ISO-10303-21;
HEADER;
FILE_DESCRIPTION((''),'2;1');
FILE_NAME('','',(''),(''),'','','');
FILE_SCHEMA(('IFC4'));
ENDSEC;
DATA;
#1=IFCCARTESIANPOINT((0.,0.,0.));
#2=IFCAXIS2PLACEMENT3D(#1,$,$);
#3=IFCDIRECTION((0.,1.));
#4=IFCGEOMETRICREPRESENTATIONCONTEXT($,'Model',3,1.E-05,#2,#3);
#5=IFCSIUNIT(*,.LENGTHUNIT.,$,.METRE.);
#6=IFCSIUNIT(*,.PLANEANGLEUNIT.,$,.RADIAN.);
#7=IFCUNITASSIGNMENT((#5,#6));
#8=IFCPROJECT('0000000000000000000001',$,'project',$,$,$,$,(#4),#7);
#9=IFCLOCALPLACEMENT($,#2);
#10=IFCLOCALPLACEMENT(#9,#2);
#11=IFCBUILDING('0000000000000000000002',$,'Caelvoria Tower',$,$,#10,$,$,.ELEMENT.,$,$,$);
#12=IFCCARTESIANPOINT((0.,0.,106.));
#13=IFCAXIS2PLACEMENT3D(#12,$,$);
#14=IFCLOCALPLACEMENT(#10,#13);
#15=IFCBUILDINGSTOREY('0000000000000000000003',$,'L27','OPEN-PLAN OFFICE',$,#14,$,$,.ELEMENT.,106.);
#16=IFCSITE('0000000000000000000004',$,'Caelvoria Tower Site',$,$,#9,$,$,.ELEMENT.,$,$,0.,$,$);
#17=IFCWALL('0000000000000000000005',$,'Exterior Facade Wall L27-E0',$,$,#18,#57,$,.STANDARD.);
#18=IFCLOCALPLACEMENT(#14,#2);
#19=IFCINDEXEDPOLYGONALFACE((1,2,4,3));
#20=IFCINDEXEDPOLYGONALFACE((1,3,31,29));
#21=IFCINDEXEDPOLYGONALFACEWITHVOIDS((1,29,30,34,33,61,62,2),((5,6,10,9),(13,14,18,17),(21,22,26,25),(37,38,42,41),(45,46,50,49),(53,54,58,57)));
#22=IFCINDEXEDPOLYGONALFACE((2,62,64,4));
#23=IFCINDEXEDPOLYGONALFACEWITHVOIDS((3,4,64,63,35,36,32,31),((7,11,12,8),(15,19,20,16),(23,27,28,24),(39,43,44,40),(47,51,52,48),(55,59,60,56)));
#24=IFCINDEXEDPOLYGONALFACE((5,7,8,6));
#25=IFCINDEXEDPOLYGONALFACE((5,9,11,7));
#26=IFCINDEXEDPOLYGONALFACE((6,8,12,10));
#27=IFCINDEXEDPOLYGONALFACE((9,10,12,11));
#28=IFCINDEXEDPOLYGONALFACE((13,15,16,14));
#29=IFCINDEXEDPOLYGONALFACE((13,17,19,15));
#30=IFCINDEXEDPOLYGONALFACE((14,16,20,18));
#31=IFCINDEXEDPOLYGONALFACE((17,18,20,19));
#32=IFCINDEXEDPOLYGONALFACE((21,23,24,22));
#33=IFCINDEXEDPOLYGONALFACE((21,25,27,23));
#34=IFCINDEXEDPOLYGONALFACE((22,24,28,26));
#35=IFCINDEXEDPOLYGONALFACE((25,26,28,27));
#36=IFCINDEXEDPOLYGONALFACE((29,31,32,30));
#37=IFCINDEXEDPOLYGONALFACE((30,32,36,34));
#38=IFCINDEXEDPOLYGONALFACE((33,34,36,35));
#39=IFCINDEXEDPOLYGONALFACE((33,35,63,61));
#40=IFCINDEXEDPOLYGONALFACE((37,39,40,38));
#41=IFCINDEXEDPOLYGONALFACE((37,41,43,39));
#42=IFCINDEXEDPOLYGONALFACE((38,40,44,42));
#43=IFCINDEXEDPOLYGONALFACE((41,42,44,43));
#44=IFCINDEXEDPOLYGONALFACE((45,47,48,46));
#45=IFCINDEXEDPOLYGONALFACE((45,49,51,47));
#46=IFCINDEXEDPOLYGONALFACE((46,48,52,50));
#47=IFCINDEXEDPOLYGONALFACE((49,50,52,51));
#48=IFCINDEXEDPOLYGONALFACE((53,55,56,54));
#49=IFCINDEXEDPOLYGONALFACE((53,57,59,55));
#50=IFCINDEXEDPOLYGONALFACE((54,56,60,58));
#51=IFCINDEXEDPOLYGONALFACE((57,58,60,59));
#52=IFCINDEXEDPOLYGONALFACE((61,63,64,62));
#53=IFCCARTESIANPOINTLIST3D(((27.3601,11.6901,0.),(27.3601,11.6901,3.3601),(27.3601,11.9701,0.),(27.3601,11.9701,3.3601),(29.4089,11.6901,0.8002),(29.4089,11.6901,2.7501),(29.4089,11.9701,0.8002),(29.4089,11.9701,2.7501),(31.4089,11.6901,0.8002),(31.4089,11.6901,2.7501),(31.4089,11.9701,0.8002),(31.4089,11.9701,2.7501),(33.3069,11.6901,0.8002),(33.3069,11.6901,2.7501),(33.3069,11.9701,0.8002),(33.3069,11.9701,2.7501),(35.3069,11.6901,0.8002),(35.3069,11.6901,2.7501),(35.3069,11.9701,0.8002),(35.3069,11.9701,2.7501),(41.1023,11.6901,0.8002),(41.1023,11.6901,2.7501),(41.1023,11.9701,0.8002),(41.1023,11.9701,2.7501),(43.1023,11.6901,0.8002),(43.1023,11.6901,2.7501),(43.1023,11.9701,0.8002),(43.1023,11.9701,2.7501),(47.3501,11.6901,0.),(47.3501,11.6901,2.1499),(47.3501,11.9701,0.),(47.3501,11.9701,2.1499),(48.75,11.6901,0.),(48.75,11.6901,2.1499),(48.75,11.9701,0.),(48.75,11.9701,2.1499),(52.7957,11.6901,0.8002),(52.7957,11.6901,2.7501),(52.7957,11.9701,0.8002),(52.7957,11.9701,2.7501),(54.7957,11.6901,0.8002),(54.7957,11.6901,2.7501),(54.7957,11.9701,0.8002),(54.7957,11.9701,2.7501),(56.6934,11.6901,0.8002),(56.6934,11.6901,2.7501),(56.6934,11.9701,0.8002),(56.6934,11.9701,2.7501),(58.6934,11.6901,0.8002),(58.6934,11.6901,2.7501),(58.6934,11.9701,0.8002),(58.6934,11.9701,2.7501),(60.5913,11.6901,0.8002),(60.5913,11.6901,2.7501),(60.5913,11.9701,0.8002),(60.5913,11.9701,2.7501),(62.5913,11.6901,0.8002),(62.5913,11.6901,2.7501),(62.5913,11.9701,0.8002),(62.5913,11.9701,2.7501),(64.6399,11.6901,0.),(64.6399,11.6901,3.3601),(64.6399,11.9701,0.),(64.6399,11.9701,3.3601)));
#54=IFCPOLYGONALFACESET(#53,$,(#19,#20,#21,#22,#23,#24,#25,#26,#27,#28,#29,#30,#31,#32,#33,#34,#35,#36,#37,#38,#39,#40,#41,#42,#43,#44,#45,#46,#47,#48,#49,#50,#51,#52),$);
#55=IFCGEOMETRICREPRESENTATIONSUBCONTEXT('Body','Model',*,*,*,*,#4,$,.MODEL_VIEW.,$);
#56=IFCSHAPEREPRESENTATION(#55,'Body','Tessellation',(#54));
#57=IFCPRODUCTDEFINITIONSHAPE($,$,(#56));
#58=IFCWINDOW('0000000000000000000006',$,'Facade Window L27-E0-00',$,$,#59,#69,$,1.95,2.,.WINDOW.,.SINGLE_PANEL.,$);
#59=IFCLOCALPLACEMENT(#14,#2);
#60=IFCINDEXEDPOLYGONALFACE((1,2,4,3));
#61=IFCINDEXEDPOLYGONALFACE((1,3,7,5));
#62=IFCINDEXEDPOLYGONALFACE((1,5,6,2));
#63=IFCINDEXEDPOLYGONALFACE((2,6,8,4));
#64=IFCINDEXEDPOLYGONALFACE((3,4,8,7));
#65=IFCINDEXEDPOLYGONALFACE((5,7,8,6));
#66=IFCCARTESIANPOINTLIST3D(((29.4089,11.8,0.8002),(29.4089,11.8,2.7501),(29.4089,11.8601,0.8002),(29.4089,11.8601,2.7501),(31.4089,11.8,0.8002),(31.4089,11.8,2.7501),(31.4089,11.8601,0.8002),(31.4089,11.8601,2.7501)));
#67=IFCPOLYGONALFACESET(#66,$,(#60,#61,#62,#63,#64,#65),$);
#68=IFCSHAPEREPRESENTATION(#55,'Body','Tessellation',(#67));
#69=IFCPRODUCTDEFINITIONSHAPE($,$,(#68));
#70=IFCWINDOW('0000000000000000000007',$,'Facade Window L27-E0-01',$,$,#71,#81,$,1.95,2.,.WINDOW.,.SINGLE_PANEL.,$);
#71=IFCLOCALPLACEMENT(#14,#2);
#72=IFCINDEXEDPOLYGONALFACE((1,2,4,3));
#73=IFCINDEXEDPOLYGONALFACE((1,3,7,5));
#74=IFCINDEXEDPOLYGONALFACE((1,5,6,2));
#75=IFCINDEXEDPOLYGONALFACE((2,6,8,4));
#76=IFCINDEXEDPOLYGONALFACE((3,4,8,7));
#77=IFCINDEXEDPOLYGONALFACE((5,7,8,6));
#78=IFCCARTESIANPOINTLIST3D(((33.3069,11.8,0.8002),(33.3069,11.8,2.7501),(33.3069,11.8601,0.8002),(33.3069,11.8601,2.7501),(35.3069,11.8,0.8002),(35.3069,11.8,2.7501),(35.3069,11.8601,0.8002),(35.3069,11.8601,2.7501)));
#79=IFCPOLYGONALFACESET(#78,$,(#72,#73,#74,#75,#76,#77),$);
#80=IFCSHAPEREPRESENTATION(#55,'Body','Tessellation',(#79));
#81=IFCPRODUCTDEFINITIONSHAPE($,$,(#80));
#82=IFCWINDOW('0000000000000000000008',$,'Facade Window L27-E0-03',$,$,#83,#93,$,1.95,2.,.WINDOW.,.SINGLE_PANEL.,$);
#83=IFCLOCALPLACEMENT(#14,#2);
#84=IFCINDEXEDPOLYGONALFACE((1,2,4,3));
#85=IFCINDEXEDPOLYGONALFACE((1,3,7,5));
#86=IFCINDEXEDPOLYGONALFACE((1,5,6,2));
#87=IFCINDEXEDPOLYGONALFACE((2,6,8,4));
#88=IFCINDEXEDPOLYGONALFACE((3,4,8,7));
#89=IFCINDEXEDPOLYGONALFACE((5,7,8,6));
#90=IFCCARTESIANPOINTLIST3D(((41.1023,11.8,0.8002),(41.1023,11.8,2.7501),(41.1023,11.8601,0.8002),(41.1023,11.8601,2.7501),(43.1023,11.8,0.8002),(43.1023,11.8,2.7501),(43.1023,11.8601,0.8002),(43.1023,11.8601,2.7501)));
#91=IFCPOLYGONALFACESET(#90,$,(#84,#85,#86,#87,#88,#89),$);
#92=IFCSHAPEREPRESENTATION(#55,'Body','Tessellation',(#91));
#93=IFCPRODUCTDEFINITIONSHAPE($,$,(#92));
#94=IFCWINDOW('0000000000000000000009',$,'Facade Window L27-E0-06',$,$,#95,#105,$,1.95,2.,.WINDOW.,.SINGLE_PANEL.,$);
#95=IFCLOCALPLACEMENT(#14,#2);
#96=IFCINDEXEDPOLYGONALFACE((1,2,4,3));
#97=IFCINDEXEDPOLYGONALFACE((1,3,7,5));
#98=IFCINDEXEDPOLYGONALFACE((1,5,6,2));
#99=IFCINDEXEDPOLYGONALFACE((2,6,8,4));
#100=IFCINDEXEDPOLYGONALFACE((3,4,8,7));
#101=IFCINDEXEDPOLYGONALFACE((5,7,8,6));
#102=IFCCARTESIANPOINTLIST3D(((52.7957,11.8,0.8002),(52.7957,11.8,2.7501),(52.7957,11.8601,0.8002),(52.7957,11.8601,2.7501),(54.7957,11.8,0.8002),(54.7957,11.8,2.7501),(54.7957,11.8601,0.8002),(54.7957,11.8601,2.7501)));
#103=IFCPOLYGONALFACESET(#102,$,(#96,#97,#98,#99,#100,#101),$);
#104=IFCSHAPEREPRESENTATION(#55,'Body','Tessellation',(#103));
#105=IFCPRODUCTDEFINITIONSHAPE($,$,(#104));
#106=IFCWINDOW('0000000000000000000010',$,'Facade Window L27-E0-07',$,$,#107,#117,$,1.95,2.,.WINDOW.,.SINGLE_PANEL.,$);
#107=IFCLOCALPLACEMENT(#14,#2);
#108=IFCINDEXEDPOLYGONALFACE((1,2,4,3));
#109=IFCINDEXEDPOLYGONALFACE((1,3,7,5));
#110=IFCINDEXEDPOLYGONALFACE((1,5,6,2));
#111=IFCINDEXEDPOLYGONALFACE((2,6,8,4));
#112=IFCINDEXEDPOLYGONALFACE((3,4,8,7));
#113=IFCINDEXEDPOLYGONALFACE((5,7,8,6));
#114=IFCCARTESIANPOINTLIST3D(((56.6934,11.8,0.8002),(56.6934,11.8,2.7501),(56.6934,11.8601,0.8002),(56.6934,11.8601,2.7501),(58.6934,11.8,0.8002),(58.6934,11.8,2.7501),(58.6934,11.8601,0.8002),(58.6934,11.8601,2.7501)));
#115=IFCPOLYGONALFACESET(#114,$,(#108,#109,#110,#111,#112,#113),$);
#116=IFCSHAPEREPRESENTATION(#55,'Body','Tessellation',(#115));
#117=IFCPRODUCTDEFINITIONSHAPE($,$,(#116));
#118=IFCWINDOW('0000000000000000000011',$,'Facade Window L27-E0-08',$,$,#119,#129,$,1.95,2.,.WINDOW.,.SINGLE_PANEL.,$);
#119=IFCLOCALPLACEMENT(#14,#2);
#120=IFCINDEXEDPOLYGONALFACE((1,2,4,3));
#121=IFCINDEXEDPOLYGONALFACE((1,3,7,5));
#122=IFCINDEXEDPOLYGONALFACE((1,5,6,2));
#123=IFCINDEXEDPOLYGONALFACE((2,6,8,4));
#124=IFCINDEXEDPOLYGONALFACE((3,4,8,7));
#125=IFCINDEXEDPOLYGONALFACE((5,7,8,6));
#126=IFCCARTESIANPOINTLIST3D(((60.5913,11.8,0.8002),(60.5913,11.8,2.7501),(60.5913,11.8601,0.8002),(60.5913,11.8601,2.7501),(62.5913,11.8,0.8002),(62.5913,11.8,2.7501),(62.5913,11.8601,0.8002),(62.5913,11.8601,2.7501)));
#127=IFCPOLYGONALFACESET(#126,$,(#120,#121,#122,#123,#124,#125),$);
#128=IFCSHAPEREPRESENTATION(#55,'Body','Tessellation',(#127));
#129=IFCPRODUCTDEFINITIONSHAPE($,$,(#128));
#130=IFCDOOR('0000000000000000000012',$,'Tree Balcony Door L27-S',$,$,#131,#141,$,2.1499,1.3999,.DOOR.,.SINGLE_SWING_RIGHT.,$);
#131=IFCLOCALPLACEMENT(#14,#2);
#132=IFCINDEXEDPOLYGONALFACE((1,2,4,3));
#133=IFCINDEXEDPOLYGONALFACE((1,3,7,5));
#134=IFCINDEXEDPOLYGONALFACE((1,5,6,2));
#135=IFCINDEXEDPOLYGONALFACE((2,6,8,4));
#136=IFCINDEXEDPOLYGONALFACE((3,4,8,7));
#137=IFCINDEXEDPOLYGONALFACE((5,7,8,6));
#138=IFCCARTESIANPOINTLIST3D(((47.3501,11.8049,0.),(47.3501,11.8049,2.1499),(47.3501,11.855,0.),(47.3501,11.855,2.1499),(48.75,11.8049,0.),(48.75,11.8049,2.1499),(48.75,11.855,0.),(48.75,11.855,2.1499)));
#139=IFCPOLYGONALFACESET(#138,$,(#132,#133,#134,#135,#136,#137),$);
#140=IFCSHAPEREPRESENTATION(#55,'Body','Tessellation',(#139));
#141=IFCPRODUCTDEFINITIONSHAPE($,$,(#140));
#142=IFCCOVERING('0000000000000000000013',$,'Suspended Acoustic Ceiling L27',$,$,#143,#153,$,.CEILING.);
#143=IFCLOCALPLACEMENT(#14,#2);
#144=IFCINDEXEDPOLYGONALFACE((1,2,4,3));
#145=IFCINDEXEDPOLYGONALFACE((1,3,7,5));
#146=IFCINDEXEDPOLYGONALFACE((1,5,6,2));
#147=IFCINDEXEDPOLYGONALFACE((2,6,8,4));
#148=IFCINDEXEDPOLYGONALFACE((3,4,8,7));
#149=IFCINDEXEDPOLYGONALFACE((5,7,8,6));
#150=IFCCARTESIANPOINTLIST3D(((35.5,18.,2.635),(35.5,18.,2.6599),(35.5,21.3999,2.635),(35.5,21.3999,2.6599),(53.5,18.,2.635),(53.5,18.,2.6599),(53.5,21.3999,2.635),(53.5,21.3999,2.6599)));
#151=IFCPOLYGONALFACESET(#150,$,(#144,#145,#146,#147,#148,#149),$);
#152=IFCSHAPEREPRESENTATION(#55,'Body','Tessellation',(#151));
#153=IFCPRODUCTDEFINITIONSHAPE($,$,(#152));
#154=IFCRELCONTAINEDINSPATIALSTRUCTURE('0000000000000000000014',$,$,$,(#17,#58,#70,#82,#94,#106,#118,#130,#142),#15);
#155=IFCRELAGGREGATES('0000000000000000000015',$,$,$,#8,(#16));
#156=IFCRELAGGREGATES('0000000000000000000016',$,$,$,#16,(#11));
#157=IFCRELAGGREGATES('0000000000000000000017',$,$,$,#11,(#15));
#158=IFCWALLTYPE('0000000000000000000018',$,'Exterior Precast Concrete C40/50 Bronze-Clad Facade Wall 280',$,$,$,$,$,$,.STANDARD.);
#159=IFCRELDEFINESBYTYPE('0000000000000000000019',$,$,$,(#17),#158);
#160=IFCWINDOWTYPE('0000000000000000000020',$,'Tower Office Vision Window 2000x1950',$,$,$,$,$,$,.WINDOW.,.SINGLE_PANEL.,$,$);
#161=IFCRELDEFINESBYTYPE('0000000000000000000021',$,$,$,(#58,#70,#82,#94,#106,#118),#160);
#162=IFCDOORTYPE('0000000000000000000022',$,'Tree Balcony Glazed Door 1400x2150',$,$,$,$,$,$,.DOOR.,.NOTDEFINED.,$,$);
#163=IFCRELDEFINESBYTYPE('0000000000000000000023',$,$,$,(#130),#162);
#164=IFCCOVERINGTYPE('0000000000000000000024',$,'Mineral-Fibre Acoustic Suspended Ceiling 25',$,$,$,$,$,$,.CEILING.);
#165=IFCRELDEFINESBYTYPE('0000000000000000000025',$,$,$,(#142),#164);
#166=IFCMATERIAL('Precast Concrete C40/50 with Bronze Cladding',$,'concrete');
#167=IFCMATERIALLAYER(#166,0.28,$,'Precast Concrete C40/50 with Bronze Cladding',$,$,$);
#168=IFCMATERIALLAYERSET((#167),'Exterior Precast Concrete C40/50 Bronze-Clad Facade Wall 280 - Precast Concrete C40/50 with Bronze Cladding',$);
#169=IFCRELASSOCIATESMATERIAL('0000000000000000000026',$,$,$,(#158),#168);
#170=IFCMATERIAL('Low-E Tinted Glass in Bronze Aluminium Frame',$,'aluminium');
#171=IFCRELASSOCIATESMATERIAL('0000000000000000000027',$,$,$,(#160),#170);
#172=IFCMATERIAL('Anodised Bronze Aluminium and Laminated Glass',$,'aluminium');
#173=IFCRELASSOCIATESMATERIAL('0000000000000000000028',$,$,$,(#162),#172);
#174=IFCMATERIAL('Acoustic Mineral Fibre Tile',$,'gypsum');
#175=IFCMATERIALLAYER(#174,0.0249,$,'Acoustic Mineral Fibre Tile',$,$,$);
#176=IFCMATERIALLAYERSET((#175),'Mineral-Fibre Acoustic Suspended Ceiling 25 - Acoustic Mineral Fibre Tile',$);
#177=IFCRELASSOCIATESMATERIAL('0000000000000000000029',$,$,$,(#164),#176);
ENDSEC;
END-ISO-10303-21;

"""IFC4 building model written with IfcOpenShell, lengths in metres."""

from ifc_helpers import new_model, si_unit, direction, frame, frame_2d, origin, place, context, subcontext, project, spatial, polyline, rectangle, outline, extrude, material, layer, layer_set, type_object, element, fill, save


model = new_model("IFC4")

# Units and contexts
model_context = context("Model", 3, precision=1e-05, world=origin(), true_north=direction((0.0, 1.0)))
body_context = subcontext(model_context, "Body", "Model", "MODEL_VIEW")
ifc_project = project(units=[si_unit("LENGTHUNIT", "METRE"), si_unit("PLANEANGLEUNIT", "RADIAN")], contexts=[model_context])

# Site, building, storey
site_placement = place(None, origin())
site = spatial("IfcSite", under=ifc_project, at=site_placement, Name="Caelvoria Tower Site", CompositionType="ELEMENT", RefElevation=0.0)
building_placement = place(site_placement, origin())
building = spatial("IfcBuilding", under=site, at=building_placement, Name="Caelvoria Tower", CompositionType="ELEMENT")
storey_placement = place(building_placement, frame((0.0, 0.0, 106.0)))
storey = spatial("IfcBuildingStorey", under=building, at=storey_placement, Name="L27", Description="OPEN-PLAN OFFICE", CompositionType="ELEMENT", Elevation=106.0)

# Wall, openings, windows, door
ifc_material_1 = material(Name="Precast Concrete C40/50 with Bronze Cladding", Category="concrete")
ifc_layer_1 = layer(ifc_material_1, 0.28, Name="Precast Concrete C40/50 with Bronze Cladding")
ifc_layer_set_1 = layer_set([ifc_layer_1], Name="Exterior Precast Concrete C40/50 Bronze-Clad Facade Wall 280 - Precast Concrete C40/50 with Bronze Cladding")
wall_type = type_object("IfcWallType", Name="Exterior Precast Concrete C40/50 Bronze-Clad Facade Wall 280", PredefinedType="STANDARD", material=ifc_layer_set_1)
wall_placement = place(storey_placement, frame((27.3601, 11.8301, 0.0), z_axis=(0.0, 0.0, 1.0), x_axis=(1.0, 0.0, 0.0)))
wall = element("IfcWall", 1, at=wall_placement, inside=storey, type_object=wall_type, Name="Exterior Facade Wall L27-E0", PredefinedType="STANDARD", context=body_context, shape_type="SweptSolid", body=[
    extrude(rectangle(XDim=37.2798, YDim=0.28, at=frame_2d((18.6399, 0.0))), origin(), (0.0, 0.0, 1.0), 3.3601),
])
opening_1_placement = place(wall_placement, frame((19.99, 0.0, 0.0)))
opening_1 = element("IfcOpeningElement", 2, at=opening_1_placement, cuts=wall, PredefinedType="OPENING", context=body_context, shape_type="SweptSolid", body=[
    extrude(rectangle(XDim=1.3999, YDim=2.1499, at=frame_2d((0.7, 1.075))), frame((0.0, 0.1499, 0.0), z_axis=(0.0, -1.0, 0.0), x_axis=(1.0, 0.0, 0.0)), (0.0, 0.0, 1.0), 0.3),
])
opening_2_placement = place(wall_placement, frame((2.0488, 0.0, 0.8)))
opening_2 = element("IfcOpeningElement", 3, at=opening_2_placement, cuts=wall, PredefinedType="OPENING", context=body_context, shape_type="SweptSolid", body=[
    extrude(rectangle(XDim=2.0, YDim=1.95, at=frame_2d((1.0, 0.9751))), frame((0.0, 0.1499, 0.0), z_axis=(0.0, -1.0, 0.0), x_axis=(1.0, 0.0, 0.0)), (0.0, 0.0, 1.0), 0.3),
])
opening_3_placement = place(wall_placement, frame((5.9468, 0.0, 0.8)))
opening_3 = element("IfcOpeningElement", 4, at=opening_3_placement, cuts=wall, PredefinedType="OPENING", context=body_context, shape_type="SweptSolid", body=[
    extrude(rectangle(XDim=2.0, YDim=1.95, at=frame_2d((1.0, 0.9751))), frame((0.0, 0.1499, 0.0), z_axis=(0.0, -1.0, 0.0), x_axis=(1.0, 0.0, 0.0)), (0.0, 0.0, 1.0), 0.3),
])
opening_4_placement = place(wall_placement, frame((13.7422, 0.0, 0.8)))
opening_4 = element("IfcOpeningElement", 5, at=opening_4_placement, cuts=wall, PredefinedType="OPENING", context=body_context, shape_type="SweptSolid", body=[
    extrude(rectangle(XDim=2.0, YDim=1.95, at=frame_2d((1.0, 0.9751))), frame((0.0, 0.1499, 0.0), z_axis=(0.0, -1.0, 0.0), x_axis=(1.0, 0.0, 0.0)), (0.0, 0.0, 1.0), 0.3),
])
opening_5_placement = place(wall_placement, frame((25.4355, 0.0, 0.8)))
opening_5 = element("IfcOpeningElement", 6, at=opening_5_placement, cuts=wall, PredefinedType="OPENING", context=body_context, shape_type="SweptSolid", body=[
    extrude(rectangle(XDim=2.0, YDim=1.95, at=frame_2d((1.0, 0.9751))), frame((0.0, 0.1499, 0.0), z_axis=(0.0, -1.0, 0.0), x_axis=(1.0, 0.0, 0.0)), (0.0, 0.0, 1.0), 0.3),
])
opening_6_placement = place(wall_placement, frame((29.3333, 0.0, 0.8)))
opening_6 = element("IfcOpeningElement", 7, at=opening_6_placement, cuts=wall, PredefinedType="OPENING", context=body_context, shape_type="SweptSolid", body=[
    extrude(rectangle(XDim=2.0, YDim=1.95, at=frame_2d((1.0, 0.9751))), frame((0.0, 0.1499, 0.0), z_axis=(0.0, -1.0, 0.0), x_axis=(1.0, 0.0, 0.0)), (0.0, 0.0, 1.0), 0.3),
])
opening_7_placement = place(wall_placement, frame((33.2312, 0.0, 0.8)))
opening_7 = element("IfcOpeningElement", 8, at=opening_7_placement, cuts=wall, PredefinedType="OPENING", context=body_context, shape_type="SweptSolid", body=[
    extrude(rectangle(XDim=2.0, YDim=1.95, at=frame_2d((1.0, 0.9751))), frame((0.0, 0.1499, 0.0), z_axis=(0.0, -1.0, 0.0), x_axis=(1.0, 0.0, 0.0)), (0.0, 0.0, 1.0), 0.3),
])
ifc_material_2 = material(Name="Low-E Tinted Glass in Bronze Aluminium Frame", Category="aluminium")
window_type = type_object("IfcWindowType", Name="Tower Office Vision Window 2000x1950", PartitioningType="SINGLE_PANEL", PredefinedType="WINDOW", material=ifc_material_2)
window_1_placement = place(opening_2_placement, origin())
window_1 = element("IfcWindow", 9, at=window_1_placement, inside=storey, type_object=window_type, Name="Facade Window L27-E0-00", OverallHeight=1.95, OverallWidth=2.0, PartitioningType="SINGLE_PANEL", PredefinedType="WINDOW", context=body_context, shape_type="SweptSolid", body=[
    extrude(rectangle(XDim=2.0, YDim=1.95, at=frame_2d((1.0, 0.9751))), frame((0.0, 0.03, 0.0), z_axis=(0.0, -1.0, 0.0), x_axis=(1.0, 0.0, 0.0)), (0.0, 0.0, 1.0), 0.0601),
])
fill(opening_2, window_1)
window_2_placement = place(opening_3_placement, origin())
window_2 = element("IfcWindow", 10, at=window_2_placement, inside=storey, type_object=window_type, Name="Facade Window L27-E0-01", OverallHeight=1.95, OverallWidth=2.0, PartitioningType="SINGLE_PANEL", PredefinedType="WINDOW", context=body_context, shape_type="SweptSolid", body=[
    extrude(rectangle(XDim=2.0, YDim=1.95, at=frame_2d((1.0, 0.9751))), frame((0.0, 0.03, 0.0), z_axis=(0.0, -1.0, 0.0), x_axis=(1.0, 0.0, 0.0)), (0.0, 0.0, 1.0), 0.0601),
])
fill(opening_3, window_2)
window_3_placement = place(opening_4_placement, origin())
window_3 = element("IfcWindow", 11, at=window_3_placement, inside=storey, type_object=window_type, Name="Facade Window L27-E0-03", OverallHeight=1.95, OverallWidth=2.0, PartitioningType="SINGLE_PANEL", PredefinedType="WINDOW", context=body_context, shape_type="SweptSolid", body=[
    extrude(rectangle(XDim=2.0, YDim=1.95, at=frame_2d((1.0, 0.9751))), frame((0.0, 0.03, 0.0), z_axis=(0.0, -1.0, 0.0), x_axis=(1.0, 0.0, 0.0)), (0.0, 0.0, 1.0), 0.0601),
])
fill(opening_4, window_3)
window_4_placement = place(opening_5_placement, origin())
window_4 = element("IfcWindow", 12, at=window_4_placement, inside=storey, type_object=window_type, Name="Facade Window L27-E0-06", OverallHeight=1.95, OverallWidth=2.0, PartitioningType="SINGLE_PANEL", PredefinedType="WINDOW", context=body_context, shape_type="SweptSolid", body=[
    extrude(rectangle(XDim=2.0, YDim=1.95, at=frame_2d((1.0, 0.9751))), frame((0.0, 0.03, 0.0), z_axis=(0.0, -1.0, 0.0), x_axis=(1.0, 0.0, 0.0)), (0.0, 0.0, 1.0), 0.0601),
])
fill(opening_5, window_4)
window_5_placement = place(opening_6_placement, origin())
window_5 = element("IfcWindow", 13, at=window_5_placement, inside=storey, type_object=window_type, Name="Facade Window L27-E0-07", OverallHeight=1.95, OverallWidth=2.0, PartitioningType="SINGLE_PANEL", PredefinedType="WINDOW", context=body_context, shape_type="SweptSolid", body=[
    extrude(rectangle(XDim=2.0, YDim=1.95, at=frame_2d((1.0, 0.9751))), frame((0.0, 0.03, 0.0), z_axis=(0.0, -1.0, 0.0), x_axis=(1.0, 0.0, 0.0)), (0.0, 0.0, 1.0), 0.0601),
])
fill(opening_6, window_5)
window_6_placement = place(opening_7_placement, origin())
window_6 = element("IfcWindow", 14, at=window_6_placement, inside=storey, type_object=window_type, Name="Facade Window L27-E0-08", OverallHeight=1.95, OverallWidth=2.0, PartitioningType="SINGLE_PANEL", PredefinedType="WINDOW", context=body_context, shape_type="SweptSolid", body=[
    extrude(rectangle(XDim=2.0, YDim=1.95, at=frame_2d((1.0, 0.9751))), frame((0.0, 0.03, 0.0), z_axis=(0.0, -1.0, 0.0), x_axis=(1.0, 0.0, 0.0)), (0.0, 0.0, 1.0), 0.0601),
])
fill(opening_7, window_6)
ifc_material_3 = material(Name="Anodised Bronze Aluminium and Laminated Glass", Category="aluminium")
door_type = type_object("IfcDoorType", Name="Tree Balcony Glazed Door 1400x2150", OperationType="NOTDEFINED", PredefinedType="DOOR", material=ifc_material_3)
door_placement = place(opening_1_placement, origin())
door = element("IfcDoor", 15, at=door_placement, inside=storey, type_object=door_type, Name="Tree Balcony Door L27-S", OperationType="SINGLE_SWING_RIGHT", OverallHeight=2.1499, OverallWidth=1.3999, PredefinedType="DOOR", context=body_context, shape_type="SweptSolid", body=[
    extrude(rectangle(XDim=1.3999, YDim=2.1499, at=frame_2d((0.7, 1.075))), frame((0.0, 0.0249, 0.0), z_axis=(0.0, -1.0, 0.0), x_axis=(1.0, 0.0, 0.0)), (0.0, 0.0, 1.0), 0.05),
])
fill(opening_1, door)

# Covering
ifc_material_4 = material(Name="Acoustic Mineral Fibre Tile", Category="gypsum")
ifc_layer_2 = layer(ifc_material_4, 0.0249, Name="Acoustic Mineral Fibre Tile")
ifc_layer_set_2 = layer_set([ifc_layer_2], Name="Mineral-Fibre Acoustic Suspended Ceiling 25 - Acoustic Mineral Fibre Tile")
covering_type_1 = type_object("IfcCoveringType", Name="Mineral-Fibre Acoustic Suspended Ceiling 25", PredefinedType="CEILING", material=ifc_layer_set_2)
covering_1_placement = place(storey_placement, frame((0.0, 0.0, 2.635)))
element("IfcCovering", 16, at=covering_1_placement, inside=storey, type_object=covering_type_1, Name="Suspended Acoustic Ceiling L27", PredefinedType="CEILING", context=body_context, shape_type="SweptSolid", body=[
    extrude(outline(polyline([(35.5, 18.0), (53.5, 18.0), (53.5, 21.3999), (35.5, 21.3999), (35.5, 18.0)])), origin(), (0.0, 0.0, 1.0), 0.0249),
])

save(model, "model.ifc")
